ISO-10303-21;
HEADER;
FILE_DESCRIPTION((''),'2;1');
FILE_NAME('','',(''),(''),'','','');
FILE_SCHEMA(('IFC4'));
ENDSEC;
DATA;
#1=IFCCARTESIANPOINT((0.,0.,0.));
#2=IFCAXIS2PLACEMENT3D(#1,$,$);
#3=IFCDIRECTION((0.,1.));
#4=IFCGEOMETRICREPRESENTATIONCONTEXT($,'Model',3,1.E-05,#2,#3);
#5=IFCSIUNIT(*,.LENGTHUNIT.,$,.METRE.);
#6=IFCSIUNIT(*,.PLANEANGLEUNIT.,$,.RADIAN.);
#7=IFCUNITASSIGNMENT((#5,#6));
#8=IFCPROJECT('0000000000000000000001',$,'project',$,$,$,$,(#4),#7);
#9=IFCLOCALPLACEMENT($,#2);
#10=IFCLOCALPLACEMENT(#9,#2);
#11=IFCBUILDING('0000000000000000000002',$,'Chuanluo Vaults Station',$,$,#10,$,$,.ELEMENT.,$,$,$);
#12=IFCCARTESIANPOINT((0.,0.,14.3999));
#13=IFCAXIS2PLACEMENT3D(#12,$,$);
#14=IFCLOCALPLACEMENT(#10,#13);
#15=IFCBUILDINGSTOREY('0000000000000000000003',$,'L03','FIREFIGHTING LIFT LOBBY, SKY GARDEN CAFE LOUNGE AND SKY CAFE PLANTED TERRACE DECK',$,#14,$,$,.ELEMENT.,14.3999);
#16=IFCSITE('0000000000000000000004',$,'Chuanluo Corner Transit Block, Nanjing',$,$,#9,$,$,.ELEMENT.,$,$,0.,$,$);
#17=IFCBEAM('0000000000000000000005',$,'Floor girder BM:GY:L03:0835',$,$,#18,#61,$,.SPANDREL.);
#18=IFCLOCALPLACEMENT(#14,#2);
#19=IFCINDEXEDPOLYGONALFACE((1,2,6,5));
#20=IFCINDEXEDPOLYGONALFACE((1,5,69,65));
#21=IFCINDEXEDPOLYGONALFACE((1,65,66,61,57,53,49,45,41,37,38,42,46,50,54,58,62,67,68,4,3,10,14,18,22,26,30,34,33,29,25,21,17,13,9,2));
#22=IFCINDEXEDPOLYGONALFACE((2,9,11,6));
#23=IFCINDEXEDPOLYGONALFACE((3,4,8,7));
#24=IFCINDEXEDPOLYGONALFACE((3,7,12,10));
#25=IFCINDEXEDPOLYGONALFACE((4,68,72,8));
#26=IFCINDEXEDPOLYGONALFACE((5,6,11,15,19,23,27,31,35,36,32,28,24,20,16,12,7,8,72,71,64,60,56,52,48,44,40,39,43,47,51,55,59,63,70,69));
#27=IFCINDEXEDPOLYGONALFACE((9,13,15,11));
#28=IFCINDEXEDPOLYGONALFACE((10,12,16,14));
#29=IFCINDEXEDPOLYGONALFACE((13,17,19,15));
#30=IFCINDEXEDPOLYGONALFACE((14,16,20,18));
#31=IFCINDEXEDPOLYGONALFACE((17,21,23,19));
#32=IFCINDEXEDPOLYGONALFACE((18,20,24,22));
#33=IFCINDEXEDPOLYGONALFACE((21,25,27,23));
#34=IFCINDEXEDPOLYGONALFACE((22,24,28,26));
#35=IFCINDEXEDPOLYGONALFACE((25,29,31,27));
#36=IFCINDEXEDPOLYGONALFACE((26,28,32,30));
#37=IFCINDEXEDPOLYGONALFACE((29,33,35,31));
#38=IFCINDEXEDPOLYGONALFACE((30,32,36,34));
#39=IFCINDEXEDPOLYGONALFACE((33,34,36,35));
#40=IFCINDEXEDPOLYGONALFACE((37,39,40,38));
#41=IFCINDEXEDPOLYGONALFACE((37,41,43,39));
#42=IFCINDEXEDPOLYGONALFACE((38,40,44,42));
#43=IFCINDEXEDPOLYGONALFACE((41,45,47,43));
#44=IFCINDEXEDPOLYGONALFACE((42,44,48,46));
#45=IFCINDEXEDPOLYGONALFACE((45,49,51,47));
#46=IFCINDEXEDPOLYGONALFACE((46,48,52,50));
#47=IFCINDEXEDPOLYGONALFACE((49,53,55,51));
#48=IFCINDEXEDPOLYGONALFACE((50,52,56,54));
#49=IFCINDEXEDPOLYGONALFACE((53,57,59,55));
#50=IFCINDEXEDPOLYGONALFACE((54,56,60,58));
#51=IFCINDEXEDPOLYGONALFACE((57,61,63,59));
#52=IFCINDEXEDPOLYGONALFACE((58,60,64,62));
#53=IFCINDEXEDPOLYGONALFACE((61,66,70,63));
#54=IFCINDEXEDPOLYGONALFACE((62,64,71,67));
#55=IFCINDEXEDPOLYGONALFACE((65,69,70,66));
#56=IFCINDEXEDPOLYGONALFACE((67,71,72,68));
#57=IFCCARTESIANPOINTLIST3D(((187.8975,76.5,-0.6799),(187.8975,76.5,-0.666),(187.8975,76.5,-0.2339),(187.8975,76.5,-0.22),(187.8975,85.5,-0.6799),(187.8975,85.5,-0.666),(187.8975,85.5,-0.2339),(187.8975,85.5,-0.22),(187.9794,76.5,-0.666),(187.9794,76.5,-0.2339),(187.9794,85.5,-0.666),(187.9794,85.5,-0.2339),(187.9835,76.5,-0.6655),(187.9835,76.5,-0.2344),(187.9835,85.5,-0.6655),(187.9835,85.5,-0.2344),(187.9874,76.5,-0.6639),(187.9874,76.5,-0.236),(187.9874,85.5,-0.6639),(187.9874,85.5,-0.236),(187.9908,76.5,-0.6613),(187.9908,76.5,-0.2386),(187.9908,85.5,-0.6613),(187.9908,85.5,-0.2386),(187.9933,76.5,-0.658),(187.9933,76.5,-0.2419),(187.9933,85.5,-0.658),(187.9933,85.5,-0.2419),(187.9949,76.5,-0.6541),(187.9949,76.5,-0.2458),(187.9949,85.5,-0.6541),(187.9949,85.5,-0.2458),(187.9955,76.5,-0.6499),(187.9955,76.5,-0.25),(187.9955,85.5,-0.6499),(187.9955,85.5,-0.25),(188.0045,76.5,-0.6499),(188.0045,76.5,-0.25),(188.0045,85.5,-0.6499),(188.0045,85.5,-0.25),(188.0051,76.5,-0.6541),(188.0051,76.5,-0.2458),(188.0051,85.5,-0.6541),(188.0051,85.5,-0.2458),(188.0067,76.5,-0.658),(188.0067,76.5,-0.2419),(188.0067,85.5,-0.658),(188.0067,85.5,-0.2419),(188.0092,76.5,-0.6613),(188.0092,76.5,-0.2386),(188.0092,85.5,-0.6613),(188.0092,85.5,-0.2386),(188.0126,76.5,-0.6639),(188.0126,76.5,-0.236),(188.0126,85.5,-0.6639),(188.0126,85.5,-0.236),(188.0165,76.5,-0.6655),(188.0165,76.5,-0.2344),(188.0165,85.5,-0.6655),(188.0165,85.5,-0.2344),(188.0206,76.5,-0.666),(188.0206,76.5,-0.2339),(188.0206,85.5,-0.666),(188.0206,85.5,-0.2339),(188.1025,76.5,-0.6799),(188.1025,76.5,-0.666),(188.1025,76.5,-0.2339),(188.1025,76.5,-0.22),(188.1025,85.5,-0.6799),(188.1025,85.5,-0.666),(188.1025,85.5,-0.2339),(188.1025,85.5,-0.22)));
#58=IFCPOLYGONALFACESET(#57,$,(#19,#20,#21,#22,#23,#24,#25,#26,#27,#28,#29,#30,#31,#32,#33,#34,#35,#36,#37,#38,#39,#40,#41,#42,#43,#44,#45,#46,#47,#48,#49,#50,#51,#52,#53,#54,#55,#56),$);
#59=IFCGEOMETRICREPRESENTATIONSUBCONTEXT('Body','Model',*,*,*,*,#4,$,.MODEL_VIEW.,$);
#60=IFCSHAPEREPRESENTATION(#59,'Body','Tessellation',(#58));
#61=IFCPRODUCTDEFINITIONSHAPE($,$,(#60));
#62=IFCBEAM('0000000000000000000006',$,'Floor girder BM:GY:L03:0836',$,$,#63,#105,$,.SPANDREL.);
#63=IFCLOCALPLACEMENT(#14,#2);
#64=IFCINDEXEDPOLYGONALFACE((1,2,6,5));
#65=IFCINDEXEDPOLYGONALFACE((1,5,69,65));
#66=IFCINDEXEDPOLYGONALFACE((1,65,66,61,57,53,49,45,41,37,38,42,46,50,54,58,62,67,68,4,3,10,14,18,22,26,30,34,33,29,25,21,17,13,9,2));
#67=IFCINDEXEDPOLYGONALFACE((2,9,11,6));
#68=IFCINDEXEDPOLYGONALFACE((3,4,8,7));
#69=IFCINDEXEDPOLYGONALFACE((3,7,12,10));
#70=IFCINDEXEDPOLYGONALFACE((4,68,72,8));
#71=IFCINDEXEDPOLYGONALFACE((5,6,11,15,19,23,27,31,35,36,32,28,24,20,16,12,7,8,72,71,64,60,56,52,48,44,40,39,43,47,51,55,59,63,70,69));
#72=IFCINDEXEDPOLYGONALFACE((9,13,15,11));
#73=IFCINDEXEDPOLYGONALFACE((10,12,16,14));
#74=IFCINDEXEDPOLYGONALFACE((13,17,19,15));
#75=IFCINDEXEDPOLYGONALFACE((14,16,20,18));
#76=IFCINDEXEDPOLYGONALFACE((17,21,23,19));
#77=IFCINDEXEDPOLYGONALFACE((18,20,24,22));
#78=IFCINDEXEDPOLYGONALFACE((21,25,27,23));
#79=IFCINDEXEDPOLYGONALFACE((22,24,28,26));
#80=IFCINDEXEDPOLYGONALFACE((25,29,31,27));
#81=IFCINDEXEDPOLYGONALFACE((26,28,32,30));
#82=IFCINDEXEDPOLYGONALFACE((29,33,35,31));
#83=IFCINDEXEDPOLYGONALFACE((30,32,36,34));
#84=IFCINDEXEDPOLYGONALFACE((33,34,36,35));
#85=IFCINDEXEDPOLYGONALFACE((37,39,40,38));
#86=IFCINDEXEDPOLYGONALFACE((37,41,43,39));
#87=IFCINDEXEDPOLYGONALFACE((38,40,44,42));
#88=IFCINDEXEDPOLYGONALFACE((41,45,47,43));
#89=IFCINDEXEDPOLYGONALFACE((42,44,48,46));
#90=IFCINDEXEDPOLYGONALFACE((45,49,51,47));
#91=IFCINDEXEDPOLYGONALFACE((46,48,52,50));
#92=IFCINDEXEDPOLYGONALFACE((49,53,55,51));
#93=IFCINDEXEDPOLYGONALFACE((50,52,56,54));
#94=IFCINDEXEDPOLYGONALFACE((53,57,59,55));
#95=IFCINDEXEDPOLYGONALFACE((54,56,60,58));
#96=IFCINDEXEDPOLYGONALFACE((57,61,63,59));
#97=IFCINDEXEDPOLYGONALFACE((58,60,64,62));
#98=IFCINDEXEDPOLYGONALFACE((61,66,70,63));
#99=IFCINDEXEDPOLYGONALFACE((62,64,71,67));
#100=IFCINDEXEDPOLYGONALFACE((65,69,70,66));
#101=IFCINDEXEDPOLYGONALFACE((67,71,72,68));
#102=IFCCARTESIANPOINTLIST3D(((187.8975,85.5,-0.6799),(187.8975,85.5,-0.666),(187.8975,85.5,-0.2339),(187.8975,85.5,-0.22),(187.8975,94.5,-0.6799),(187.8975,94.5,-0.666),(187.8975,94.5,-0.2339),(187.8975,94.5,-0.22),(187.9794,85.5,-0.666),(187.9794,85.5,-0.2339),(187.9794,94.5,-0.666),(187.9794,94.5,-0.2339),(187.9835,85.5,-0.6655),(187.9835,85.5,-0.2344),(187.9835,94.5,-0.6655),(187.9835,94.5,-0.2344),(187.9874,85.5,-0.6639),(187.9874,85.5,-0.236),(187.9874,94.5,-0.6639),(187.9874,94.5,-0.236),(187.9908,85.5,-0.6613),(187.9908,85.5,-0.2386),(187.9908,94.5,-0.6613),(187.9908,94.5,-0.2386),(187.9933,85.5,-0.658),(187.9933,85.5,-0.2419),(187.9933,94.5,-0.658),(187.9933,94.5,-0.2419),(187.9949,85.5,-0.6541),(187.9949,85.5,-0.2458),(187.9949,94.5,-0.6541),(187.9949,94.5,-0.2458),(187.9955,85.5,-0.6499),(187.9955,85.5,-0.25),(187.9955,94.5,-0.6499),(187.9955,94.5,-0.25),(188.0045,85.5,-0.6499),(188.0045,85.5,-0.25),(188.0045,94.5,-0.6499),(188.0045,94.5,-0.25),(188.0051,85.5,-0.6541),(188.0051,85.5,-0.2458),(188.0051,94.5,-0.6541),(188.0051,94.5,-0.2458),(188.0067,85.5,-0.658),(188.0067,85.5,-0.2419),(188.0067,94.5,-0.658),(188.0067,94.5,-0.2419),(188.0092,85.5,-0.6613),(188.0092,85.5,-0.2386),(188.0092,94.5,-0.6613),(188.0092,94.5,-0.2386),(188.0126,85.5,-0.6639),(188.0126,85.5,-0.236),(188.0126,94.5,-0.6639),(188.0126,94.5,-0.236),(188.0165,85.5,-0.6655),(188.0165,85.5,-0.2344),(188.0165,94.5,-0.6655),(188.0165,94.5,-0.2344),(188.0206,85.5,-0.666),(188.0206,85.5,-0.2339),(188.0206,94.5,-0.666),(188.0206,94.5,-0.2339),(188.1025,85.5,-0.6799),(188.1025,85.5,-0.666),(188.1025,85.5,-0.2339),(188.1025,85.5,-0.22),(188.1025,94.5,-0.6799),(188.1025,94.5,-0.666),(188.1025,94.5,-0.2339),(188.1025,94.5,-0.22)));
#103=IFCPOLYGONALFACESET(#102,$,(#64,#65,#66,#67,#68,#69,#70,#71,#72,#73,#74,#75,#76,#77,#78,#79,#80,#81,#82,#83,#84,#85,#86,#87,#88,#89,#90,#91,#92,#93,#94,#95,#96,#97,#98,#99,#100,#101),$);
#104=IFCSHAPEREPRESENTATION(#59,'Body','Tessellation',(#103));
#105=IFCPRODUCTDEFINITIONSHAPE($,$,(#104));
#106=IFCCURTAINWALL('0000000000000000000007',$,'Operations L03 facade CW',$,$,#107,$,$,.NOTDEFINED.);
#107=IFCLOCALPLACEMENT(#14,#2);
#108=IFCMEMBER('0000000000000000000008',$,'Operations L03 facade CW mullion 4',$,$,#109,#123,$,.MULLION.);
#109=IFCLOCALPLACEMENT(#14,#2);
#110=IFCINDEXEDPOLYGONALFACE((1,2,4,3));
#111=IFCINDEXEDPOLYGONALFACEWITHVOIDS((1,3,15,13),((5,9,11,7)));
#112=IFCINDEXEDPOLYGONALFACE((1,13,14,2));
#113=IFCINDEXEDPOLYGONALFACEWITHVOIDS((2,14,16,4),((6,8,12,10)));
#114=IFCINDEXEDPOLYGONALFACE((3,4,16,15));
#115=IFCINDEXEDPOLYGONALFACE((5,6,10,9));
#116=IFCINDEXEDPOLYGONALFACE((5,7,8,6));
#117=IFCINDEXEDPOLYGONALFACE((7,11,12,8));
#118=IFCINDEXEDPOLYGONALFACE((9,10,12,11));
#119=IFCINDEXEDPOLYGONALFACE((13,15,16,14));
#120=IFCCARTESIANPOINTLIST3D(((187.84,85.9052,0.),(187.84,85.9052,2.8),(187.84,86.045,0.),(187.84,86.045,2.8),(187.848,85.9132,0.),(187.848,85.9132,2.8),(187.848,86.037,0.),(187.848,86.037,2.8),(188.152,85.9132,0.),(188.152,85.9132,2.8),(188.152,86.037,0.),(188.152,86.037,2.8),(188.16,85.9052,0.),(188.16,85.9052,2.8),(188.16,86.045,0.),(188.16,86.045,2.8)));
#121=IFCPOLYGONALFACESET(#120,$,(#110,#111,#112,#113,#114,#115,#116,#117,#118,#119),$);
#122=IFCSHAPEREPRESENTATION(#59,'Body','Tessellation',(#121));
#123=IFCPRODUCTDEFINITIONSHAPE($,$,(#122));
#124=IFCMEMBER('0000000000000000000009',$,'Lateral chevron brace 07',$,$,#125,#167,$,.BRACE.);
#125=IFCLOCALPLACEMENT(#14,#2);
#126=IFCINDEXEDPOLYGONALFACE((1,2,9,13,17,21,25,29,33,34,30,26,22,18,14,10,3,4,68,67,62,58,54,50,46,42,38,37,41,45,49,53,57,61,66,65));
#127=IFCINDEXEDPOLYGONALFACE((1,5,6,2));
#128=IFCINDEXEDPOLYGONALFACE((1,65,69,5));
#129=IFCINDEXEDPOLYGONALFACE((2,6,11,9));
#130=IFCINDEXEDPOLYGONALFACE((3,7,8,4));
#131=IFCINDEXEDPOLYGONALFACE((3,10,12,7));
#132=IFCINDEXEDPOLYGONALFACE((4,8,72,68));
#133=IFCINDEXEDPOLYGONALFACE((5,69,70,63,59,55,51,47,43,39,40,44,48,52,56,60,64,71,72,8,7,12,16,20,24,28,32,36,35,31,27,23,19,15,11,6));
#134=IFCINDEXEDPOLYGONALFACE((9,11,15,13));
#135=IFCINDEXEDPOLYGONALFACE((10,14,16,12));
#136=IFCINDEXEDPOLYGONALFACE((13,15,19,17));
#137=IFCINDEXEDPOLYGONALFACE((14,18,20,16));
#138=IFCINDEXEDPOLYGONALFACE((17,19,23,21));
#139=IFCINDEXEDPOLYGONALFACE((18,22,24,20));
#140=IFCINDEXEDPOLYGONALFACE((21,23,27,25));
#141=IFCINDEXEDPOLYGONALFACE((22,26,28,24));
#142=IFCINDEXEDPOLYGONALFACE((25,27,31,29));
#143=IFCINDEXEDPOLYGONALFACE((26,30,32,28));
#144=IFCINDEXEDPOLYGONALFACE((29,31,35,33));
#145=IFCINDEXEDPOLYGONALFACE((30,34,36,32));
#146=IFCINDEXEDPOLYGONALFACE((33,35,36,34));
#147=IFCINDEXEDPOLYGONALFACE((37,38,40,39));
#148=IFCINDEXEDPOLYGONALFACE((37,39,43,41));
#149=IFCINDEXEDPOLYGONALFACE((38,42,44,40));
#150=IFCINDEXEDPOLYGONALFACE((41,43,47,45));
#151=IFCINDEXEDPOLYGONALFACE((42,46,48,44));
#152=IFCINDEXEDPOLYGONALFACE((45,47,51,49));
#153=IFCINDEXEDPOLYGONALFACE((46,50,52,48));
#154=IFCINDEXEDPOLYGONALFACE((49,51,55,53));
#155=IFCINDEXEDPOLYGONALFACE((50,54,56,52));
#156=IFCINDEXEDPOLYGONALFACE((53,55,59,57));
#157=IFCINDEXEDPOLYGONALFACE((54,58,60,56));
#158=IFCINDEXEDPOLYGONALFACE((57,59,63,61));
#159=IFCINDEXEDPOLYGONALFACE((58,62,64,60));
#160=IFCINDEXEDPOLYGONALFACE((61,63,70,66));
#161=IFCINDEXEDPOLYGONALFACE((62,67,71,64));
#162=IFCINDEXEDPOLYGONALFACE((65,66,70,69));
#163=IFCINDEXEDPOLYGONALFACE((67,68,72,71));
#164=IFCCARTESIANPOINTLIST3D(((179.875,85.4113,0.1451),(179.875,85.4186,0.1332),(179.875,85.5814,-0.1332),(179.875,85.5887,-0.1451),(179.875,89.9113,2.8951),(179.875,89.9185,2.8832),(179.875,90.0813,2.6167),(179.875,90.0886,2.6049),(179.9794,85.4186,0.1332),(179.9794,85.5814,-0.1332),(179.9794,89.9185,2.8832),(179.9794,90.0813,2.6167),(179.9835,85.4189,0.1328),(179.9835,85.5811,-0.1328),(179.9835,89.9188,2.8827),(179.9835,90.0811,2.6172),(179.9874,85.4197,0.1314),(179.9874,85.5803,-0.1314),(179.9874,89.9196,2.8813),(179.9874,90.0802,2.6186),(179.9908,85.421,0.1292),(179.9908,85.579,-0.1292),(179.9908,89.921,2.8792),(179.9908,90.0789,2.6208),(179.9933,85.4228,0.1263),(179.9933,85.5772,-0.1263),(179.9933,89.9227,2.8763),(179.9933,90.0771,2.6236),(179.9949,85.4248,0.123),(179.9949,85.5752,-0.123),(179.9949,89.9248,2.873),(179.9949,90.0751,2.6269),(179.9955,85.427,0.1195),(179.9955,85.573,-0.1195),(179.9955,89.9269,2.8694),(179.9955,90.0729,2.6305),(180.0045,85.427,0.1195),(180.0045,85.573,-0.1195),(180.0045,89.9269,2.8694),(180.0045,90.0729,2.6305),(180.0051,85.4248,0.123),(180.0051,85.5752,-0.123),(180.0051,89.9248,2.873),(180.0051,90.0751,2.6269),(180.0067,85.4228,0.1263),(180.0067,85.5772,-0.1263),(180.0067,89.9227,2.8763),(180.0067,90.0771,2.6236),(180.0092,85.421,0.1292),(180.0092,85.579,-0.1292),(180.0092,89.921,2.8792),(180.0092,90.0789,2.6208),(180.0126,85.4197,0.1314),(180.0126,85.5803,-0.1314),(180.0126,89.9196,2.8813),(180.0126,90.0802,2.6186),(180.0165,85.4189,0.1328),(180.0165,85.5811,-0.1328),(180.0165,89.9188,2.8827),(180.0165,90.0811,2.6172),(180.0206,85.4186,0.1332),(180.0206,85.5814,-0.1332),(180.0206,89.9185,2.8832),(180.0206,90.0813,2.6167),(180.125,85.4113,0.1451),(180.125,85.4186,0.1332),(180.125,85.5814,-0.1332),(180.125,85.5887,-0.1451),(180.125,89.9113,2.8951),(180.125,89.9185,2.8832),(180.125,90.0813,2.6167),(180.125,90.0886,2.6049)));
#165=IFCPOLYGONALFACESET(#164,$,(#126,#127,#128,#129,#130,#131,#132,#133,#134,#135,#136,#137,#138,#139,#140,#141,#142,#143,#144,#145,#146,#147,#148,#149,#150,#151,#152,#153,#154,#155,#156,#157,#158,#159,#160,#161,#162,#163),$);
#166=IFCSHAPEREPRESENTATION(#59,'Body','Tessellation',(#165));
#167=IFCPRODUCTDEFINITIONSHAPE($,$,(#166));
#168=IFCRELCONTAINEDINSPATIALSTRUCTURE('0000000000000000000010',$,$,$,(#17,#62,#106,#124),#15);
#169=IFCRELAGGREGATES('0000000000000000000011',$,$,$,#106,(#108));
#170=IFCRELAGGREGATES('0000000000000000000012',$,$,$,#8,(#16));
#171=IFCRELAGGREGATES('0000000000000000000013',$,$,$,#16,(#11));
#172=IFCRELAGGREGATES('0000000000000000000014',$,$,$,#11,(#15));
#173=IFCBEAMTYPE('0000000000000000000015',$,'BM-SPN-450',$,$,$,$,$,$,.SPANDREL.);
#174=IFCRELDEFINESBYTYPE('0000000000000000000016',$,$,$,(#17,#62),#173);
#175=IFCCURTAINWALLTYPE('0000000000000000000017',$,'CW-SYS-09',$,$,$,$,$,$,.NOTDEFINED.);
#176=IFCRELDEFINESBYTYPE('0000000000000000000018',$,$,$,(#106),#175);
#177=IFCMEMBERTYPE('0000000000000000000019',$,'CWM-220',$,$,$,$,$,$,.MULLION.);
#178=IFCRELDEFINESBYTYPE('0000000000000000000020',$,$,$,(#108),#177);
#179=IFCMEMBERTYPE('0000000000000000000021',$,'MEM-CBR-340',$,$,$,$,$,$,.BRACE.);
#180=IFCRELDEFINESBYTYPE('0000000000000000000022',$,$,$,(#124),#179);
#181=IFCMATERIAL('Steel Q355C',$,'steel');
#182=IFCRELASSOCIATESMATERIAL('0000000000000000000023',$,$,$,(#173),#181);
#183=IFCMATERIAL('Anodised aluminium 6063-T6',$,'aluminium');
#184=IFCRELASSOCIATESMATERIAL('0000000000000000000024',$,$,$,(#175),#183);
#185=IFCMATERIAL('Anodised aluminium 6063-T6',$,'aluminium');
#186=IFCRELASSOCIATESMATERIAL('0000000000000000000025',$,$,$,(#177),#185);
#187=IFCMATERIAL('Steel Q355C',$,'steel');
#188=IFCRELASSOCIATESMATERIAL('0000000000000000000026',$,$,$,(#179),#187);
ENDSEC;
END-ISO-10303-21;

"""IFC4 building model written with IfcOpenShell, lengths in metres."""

from ifc_helpers import new_model, si_unit, direction, frame, origin, origin_2d, place, context, subcontext, project, spatial, hollow_rectangle, i_section, extrude, material, material_profile, profile_set, type_object, element, aggregate, save


model = new_model("IFC4")

# Units and contexts
model_context = context("Model", 3, precision=1e-05, world=origin(), true_north=direction((0.0, 1.0)))
body_context = subcontext(model_context, "Body", "Model", "MODEL_VIEW")
ifc_project = project(units=[si_unit("LENGTHUNIT", "METRE"), si_unit("PLANEANGLEUNIT", "RADIAN")], contexts=[model_context])

# Site, building, storey
site_placement = place(None, origin())
site = spatial("IfcSite", under=ifc_project, at=site_placement, Name="Chuanluo Corner Transit Block, Nanjing", CompositionType="ELEMENT", RefElevation=0.0)
building_placement = place(site_placement, origin())
building = spatial("IfcBuilding", under=site, at=building_placement, Name="Chuanluo Vaults Station", CompositionType="ELEMENT")
storey_placement = place(building_placement, frame((0.0, 0.0, 14.3999)))
storey = spatial("IfcBuildingStorey", under=building, at=storey_placement, Name="L03", Description="FIREFIGHTING LIFT LOBBY, SKY GARDEN CAFE LOUNGE AND SKY CAFE PLANTED TERRACE DECK", CompositionType="ELEMENT", Elevation=14.3999)

# Beams
ifc_material_1 = material(Name="Steel Q355C", Category="steel")
ifc_material_profile_1 = material_profile(ifc_material_1, i_section(OverallWidth=0.2051, OverallDepth=0.46, WebThickness=0.009, FlangeThickness=0.0139, FilletRadius=0.0161, at=origin_2d()))
ifc_profile_set_1 = profile_set([ifc_material_profile_1], Name="Steel Q355C")
beam_type_1 = type_object("IfcBeamType", Name="BM-SPN-450", PredefinedType="SPANDREL", material=ifc_profile_set_1)
for number, where, z_axis, x_axis, name in (
    (1, (188.0, 76.5, -0.45), (0.0, 1.0, 0.0), (-1.0, 0.0, 0.0), "Floor girder BM:GY:L03:0835"),
    (2, (188.0, 85.5, -0.45), (0.0, 1.0, 0.0), (-1.0, 0.0, 0.0), "Floor girder BM:GY:L03:0836"),
):
    element("IfcBeam", number, at=place(storey_placement, frame(where, z_axis=z_axis, x_axis=x_axis)), inside=storey, type_object=beam_type_1, Name=name, PredefinedType="SPANDREL", context=body_context, shape_type="SweptSolid", body=[
        extrude(i_section(OverallWidth=0.2051, OverallDepth=0.46, WebThickness=0.009, FlangeThickness=0.0139, FilletRadius=0.0161, at=origin_2d()), origin(), (0.0, 0.0, 1.0), 9.0),
    ])

# Curtain wall, member
ifc_material_2 = material(Name="Anodised aluminium 6063-T6", Category="aluminium")
curtain_wall_type = type_object("IfcCurtainWallType", Name="CW-SYS-09", PredefinedType="NOTDEFINED", material=ifc_material_2)
curtain_wall_placement = place(storey_placement, origin())
curtain_wall = element("IfcCurtainWall", 3, at=curtain_wall_placement, inside=storey, type_object=curtain_wall_type, Name="Operations L03 facade CW", PredefinedType="NOTDEFINED")
ifc_material_3 = material(Name="Anodised aluminium 6063-T6", Category="aluminium")
ifc_material_profile_2 = material_profile(ifc_material_3, hollow_rectangle(XDim=0.1399, YDim=0.3201, WallThickness=0.0081, at=origin_2d()))
ifc_profile_set_2 = profile_set([ifc_material_profile_2], Name="Anodised aluminium 6063-T6")
member_type_1 = type_object("IfcMemberType", Name="CWM-220", PredefinedType="MULLION", material=ifc_profile_set_2)
member_1_placement = place(storey_placement, frame((188.0, 85.9751, 0.0), z_axis=(0.0, 0.0, 1.0), x_axis=(0.0, -1.0, 0.0)))
member_1 = element("IfcMember", 4, at=member_1_placement, type_object=member_type_1, Name="Operations L03 facade CW mullion 4", PredefinedType="MULLION", context=body_context, shape_type="SweptSolid", body=[
    extrude(hollow_rectangle(XDim=0.1399, YDim=0.3201, WallThickness=0.0081, at=origin_2d()), origin(), (0.0, 0.0, 1.0), 2.8),
])
aggregate(curtain_wall, [member_1])

# Member
ifc_material_4 = material(Name="Steel Q355C", Category="steel")
ifc_material_profile_3 = material_profile(ifc_material_4, i_section(OverallWidth=0.25, OverallDepth=0.3401, WebThickness=0.009, FlangeThickness=0.0139, FilletRadius=0.0161, at=origin_2d()))
ifc_profile_set_3 = profile_set([ifc_material_profile_3], Name="Steel Q355C")
member_type_2 = type_object("IfcMemberType", Name="MEM-CBR-340", PredefinedType="BRACE", material=ifc_profile_set_3)
member_2_placement = place(storey_placement, frame((180.0, 85.5, 0.0), z_axis=(0.0, 0.853282, 0.52145), x_axis=(-1.0, 0.0, 0.0)))
element("IfcMember", 5, at=member_2_placement, inside=storey, type_object=member_type_2, Name="Lateral chevron brace 07", PredefinedType="BRACE", context=body_context, shape_type="SweptSolid", body=[
    extrude(i_section(OverallWidth=0.25, OverallDepth=0.3401, WebThickness=0.009, FlangeThickness=0.0139, FilletRadius=0.0161, at=origin_2d()), origin(), (0.0, 0.0, 1.0), 5.2737),
])

save(model, "model.ifc")
